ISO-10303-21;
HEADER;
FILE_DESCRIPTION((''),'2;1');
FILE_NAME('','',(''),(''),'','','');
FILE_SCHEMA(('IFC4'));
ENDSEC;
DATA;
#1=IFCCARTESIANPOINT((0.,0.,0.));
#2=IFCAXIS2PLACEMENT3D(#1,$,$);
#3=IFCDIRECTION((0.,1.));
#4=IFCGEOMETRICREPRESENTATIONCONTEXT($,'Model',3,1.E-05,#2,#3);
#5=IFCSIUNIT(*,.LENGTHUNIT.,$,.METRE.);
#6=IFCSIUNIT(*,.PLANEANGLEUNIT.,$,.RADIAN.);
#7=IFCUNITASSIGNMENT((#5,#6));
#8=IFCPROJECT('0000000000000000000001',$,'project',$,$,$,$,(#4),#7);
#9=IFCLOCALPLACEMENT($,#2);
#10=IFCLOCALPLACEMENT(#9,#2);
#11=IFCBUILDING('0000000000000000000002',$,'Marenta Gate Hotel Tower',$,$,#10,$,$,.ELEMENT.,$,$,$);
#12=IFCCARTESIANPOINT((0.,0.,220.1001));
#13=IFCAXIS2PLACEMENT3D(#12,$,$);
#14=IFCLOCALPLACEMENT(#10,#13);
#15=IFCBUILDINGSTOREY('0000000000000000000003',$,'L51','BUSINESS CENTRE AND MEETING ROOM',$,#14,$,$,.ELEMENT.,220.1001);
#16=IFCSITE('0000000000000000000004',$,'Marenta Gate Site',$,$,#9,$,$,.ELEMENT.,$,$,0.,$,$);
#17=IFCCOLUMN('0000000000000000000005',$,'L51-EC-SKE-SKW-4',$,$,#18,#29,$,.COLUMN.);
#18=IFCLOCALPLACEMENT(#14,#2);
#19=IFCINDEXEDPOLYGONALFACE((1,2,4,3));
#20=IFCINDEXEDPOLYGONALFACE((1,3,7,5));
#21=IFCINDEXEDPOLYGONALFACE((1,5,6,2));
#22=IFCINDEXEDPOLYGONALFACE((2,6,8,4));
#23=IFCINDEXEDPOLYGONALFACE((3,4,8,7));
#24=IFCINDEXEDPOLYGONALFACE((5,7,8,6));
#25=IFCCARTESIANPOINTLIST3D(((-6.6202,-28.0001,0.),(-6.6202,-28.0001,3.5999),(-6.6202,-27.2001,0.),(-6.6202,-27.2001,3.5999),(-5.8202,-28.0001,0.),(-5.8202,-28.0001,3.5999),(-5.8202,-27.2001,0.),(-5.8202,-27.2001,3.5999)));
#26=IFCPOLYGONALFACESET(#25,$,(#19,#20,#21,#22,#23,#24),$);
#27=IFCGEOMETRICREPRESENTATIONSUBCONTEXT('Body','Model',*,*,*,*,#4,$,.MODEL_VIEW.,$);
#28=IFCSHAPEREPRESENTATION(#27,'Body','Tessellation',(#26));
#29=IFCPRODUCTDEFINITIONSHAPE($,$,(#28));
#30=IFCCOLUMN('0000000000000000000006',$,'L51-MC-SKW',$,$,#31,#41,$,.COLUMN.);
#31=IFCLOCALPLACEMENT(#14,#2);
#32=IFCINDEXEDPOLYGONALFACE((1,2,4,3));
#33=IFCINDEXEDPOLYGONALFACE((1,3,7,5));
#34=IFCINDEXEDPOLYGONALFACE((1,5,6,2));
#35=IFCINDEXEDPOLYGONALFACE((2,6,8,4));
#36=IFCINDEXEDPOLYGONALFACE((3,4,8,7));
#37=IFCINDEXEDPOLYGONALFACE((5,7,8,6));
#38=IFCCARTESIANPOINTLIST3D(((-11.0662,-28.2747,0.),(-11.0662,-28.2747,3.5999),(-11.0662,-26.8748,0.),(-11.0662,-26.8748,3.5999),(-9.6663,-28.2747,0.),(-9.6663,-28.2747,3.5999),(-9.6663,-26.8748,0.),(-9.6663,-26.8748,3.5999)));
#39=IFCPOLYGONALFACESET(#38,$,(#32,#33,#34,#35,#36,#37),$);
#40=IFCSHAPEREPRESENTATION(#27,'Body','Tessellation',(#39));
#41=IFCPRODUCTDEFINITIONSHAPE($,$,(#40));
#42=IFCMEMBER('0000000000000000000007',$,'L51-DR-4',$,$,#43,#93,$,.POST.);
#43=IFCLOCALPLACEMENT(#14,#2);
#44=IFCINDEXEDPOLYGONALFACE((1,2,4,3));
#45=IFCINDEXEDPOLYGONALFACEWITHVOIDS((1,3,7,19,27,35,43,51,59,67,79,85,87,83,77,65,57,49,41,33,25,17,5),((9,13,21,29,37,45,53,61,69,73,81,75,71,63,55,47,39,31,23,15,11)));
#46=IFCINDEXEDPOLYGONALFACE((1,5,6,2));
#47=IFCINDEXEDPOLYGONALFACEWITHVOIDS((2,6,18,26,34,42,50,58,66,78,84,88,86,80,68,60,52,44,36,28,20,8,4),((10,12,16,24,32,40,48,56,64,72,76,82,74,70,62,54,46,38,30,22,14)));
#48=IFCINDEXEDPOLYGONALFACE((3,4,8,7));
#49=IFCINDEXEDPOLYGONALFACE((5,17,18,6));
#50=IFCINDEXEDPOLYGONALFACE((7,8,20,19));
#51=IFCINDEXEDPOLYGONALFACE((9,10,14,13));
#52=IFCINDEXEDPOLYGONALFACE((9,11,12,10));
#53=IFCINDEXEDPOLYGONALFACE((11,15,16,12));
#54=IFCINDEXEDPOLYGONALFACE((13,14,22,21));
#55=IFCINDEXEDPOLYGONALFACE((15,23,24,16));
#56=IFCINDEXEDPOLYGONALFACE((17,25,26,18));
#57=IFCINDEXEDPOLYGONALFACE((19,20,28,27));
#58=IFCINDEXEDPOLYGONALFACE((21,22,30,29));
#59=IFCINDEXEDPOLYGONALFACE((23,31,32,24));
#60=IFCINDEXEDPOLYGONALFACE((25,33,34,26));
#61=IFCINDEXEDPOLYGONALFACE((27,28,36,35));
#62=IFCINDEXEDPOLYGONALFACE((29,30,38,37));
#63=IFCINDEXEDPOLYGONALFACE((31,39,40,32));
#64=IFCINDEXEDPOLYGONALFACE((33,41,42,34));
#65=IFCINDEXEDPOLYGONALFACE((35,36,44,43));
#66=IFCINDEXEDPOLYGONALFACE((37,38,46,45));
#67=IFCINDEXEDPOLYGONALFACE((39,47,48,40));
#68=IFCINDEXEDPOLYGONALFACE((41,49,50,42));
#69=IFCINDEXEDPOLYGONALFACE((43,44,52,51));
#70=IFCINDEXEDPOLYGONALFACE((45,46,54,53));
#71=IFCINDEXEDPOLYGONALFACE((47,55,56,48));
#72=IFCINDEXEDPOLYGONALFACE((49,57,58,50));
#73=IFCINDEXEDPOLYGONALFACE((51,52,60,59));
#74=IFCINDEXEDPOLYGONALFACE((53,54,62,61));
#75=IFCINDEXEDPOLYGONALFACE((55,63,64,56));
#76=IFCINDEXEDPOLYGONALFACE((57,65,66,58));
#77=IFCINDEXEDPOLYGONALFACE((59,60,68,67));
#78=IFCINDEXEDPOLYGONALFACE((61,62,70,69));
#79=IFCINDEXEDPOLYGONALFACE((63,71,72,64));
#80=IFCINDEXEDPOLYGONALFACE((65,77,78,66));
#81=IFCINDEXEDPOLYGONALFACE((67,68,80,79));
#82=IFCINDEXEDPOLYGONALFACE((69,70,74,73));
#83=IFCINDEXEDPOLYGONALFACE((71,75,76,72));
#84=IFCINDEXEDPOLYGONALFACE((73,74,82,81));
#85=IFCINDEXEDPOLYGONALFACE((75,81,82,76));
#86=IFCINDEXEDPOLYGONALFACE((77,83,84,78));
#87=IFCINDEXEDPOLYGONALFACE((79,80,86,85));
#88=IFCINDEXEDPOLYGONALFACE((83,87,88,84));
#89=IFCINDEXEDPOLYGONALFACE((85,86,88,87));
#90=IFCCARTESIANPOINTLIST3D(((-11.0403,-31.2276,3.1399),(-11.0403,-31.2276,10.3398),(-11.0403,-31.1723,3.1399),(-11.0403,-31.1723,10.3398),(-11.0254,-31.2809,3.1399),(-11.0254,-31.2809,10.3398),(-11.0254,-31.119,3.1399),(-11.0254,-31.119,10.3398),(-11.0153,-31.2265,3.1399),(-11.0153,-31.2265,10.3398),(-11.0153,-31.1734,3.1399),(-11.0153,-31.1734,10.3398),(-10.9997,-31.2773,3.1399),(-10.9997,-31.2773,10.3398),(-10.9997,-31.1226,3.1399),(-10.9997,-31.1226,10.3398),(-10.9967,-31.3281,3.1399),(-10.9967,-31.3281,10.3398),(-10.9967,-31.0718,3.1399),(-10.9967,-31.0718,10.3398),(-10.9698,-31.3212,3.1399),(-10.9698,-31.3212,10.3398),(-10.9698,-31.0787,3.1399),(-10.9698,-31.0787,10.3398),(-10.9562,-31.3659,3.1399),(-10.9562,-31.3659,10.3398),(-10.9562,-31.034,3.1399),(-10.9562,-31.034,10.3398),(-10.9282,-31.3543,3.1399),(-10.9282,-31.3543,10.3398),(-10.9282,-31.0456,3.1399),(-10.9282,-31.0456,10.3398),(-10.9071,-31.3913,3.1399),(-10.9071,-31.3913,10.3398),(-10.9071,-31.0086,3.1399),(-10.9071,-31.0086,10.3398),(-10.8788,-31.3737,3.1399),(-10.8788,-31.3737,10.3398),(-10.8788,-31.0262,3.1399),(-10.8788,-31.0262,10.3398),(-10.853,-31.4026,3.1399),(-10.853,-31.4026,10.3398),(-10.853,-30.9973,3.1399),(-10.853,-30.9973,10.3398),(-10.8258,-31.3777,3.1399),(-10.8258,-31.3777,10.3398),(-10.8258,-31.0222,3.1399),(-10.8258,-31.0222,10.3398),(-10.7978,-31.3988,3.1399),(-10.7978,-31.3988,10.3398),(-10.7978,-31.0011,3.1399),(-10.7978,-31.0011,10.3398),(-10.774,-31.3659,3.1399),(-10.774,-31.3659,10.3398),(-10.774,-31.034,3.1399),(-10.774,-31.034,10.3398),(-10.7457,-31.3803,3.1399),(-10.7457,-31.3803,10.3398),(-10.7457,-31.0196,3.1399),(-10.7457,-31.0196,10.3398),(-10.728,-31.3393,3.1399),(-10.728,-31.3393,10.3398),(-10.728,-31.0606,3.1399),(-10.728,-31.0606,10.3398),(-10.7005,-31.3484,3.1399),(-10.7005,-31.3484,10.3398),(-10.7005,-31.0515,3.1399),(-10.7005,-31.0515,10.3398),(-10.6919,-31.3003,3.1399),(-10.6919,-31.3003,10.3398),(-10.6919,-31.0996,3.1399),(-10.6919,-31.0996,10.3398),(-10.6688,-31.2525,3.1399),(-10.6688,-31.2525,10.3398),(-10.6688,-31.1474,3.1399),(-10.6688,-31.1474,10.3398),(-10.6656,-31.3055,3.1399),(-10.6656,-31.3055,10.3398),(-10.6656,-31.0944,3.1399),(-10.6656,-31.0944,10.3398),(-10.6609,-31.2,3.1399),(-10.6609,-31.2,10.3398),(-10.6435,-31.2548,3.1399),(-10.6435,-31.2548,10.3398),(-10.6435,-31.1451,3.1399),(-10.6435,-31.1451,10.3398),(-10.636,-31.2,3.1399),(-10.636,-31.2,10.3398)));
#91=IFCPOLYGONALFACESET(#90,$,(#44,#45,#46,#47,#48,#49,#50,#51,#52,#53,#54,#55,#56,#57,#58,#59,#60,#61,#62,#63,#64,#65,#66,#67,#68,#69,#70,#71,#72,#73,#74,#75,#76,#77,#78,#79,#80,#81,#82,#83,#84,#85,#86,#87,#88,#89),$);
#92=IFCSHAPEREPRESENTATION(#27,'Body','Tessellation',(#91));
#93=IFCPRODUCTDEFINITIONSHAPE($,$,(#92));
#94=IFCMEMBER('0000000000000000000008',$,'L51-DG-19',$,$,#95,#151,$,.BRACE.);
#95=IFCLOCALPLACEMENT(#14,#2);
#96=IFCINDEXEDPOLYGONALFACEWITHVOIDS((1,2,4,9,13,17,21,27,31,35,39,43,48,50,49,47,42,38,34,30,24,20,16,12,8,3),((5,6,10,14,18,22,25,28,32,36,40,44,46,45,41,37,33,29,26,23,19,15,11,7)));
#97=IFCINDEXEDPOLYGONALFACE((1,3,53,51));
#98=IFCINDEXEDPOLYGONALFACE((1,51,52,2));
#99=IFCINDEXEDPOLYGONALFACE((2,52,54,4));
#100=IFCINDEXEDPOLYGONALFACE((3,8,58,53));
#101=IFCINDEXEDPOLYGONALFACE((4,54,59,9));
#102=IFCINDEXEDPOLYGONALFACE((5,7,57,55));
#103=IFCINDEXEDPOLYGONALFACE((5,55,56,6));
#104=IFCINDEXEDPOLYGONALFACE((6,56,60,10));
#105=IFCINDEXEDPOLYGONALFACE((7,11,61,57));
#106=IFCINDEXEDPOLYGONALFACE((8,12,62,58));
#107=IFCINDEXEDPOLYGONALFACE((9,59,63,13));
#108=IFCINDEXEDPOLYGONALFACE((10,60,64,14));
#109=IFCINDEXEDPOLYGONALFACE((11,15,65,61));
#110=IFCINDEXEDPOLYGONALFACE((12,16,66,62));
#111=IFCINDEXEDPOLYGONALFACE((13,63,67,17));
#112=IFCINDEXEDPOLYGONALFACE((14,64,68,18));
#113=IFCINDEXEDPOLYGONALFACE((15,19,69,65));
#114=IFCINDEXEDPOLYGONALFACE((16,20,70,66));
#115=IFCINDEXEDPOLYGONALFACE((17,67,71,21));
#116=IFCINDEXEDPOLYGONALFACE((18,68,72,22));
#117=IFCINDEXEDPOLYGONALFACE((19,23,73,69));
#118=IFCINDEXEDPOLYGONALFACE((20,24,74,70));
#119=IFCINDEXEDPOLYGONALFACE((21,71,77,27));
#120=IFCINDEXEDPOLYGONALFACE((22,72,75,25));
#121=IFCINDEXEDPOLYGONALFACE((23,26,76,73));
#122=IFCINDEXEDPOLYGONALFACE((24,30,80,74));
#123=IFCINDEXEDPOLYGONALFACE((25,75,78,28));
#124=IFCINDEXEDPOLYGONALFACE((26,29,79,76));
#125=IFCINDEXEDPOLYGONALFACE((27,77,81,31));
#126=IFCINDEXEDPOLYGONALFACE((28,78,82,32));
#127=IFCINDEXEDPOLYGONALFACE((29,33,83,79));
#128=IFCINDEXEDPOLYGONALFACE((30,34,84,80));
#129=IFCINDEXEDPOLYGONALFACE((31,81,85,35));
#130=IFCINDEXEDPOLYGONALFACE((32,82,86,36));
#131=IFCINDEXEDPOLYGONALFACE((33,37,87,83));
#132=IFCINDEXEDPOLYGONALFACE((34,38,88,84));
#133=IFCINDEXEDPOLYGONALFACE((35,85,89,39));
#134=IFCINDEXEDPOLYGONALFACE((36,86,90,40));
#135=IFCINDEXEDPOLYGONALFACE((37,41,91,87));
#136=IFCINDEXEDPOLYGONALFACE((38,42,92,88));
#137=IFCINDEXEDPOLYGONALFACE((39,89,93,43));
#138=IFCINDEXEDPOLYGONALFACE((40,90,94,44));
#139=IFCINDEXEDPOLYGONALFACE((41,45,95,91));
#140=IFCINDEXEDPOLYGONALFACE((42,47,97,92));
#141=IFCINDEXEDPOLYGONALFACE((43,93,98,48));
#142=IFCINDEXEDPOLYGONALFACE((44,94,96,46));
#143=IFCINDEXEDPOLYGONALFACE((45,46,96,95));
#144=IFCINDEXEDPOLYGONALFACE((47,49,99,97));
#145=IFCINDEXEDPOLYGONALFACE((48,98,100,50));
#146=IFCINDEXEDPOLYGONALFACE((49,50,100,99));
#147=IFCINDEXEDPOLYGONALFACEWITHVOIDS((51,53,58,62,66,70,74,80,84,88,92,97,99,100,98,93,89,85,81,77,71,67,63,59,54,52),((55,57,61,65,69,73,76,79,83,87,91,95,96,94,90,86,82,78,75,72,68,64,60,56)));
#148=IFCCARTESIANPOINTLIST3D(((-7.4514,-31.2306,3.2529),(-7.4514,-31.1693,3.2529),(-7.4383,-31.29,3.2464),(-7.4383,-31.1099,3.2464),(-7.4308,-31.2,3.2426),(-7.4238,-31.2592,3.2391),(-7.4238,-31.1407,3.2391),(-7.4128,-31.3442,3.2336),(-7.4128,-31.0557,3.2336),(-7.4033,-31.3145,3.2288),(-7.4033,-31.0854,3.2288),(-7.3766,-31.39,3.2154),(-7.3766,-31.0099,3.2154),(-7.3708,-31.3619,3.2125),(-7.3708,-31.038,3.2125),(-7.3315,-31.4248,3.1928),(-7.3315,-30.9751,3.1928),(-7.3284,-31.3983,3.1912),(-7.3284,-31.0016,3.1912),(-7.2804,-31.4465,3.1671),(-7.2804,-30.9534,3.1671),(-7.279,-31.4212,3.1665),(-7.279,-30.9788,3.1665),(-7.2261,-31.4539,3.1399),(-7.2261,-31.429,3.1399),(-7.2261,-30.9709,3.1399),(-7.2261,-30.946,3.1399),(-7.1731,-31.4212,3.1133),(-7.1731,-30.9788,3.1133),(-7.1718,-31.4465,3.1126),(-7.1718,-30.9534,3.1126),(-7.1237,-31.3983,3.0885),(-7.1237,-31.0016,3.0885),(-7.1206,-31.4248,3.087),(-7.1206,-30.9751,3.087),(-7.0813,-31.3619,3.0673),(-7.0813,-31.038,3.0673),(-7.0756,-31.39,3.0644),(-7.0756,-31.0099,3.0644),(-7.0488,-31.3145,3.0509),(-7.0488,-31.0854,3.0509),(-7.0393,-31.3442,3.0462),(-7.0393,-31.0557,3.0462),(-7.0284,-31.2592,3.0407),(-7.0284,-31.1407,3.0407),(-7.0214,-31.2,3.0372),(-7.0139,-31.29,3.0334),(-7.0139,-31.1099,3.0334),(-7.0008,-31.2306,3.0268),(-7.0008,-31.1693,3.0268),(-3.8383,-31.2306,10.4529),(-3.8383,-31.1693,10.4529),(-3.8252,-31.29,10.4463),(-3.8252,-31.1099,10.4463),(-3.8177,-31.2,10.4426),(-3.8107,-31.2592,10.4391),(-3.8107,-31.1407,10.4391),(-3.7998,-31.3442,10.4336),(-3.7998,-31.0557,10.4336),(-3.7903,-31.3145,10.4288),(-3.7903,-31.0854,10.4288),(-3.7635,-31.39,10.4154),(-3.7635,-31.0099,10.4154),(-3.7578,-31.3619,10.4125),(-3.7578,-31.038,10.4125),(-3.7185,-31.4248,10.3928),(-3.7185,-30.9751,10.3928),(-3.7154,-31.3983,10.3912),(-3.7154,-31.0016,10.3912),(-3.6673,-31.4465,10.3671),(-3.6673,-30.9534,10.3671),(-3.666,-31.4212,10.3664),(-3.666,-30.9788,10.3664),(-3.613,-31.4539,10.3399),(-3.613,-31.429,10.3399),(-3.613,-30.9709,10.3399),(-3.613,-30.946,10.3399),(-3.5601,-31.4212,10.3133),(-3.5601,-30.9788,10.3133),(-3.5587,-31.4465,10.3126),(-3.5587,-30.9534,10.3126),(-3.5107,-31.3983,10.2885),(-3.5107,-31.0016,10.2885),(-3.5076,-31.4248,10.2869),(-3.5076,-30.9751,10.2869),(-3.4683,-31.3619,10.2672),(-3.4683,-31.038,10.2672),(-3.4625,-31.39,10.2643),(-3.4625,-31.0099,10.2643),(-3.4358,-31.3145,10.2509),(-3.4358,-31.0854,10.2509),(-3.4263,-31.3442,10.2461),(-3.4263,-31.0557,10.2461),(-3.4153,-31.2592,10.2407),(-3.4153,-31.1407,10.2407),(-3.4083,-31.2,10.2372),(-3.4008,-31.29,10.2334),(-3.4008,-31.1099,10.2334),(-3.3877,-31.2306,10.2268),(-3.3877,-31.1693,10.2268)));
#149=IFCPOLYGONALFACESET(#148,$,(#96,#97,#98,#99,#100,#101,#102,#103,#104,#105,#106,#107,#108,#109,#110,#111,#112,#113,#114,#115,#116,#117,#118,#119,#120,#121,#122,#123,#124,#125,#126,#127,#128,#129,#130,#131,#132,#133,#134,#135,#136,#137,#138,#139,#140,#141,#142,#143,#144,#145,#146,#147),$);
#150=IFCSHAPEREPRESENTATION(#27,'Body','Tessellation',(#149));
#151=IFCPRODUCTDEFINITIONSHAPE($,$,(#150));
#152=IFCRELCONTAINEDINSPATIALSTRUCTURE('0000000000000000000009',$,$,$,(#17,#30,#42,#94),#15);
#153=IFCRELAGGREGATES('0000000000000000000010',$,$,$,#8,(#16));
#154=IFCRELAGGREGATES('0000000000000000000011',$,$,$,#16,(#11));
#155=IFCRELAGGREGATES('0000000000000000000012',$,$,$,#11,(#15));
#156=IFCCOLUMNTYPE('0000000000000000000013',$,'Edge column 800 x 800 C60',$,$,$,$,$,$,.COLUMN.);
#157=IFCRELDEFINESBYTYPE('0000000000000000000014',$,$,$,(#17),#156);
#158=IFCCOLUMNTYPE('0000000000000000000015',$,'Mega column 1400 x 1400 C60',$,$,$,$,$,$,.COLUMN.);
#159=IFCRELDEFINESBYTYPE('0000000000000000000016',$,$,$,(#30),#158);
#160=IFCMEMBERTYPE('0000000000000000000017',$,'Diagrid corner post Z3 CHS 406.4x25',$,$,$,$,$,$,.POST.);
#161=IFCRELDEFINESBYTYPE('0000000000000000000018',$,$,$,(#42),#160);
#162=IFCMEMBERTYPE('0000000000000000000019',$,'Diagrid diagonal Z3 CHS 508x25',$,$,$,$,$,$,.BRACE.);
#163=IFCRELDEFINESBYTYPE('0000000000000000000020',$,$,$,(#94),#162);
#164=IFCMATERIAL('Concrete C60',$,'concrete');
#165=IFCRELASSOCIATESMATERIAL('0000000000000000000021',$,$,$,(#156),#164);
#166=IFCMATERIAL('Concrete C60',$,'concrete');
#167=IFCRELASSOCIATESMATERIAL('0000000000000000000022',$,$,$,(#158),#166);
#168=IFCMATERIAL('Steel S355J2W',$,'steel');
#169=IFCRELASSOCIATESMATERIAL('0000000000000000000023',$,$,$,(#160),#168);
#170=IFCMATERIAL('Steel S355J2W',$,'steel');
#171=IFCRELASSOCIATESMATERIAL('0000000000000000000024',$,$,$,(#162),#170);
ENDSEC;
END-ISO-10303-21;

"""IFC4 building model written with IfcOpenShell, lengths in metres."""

from ifc_helpers import new_model, si_unit, direction, frame, origin, origin_2d, place, context, subcontext, project, spatial, rectangle, hollow_circle, extrude, material, material_profile, profile_set, type_object, element, save


model = new_model("IFC4")

# Units and contexts
model_context = context("Model", 3, precision=1e-05, world=origin(), true_north=direction((0.0, 1.0)))
body_context = subcontext(model_context, "Body", "Model", "MODEL_VIEW")
ifc_project = project(units=[si_unit("LENGTHUNIT", "METRE"), si_unit("PLANEANGLEUNIT", "RADIAN")], contexts=[model_context])

# Site, building, storey
site_placement = place(None, origin())
site = spatial("IfcSite", under=ifc_project, at=site_placement, Name="Marenta Gate Site", CompositionType="ELEMENT", RefElevation=0.0)
building_placement = place(site_placement, origin())
building = spatial("IfcBuilding", under=site, at=building_placement, Name="Marenta Gate Hotel Tower", CompositionType="ELEMENT")
storey_placement = place(building_placement, frame((0.0, 0.0, 220.1001)))
storey = spatial("IfcBuildingStorey", under=building, at=storey_placement, Name="L51", Description="BUSINESS CENTRE AND MEETING ROOM", CompositionType="ELEMENT", Elevation=220.1001)

# Columns
ifc_material_1 = material(Name="Concrete C60", Category="concrete")
ifc_material_profile_1 = material_profile(ifc_material_1, rectangle(XDim=0.8, YDim=0.8, at=origin_2d()), Name="800 x 800")
ifc_profile_set_1 = profile_set([ifc_material_profile_1], Name="Concrete C60")
column_type_1 = type_object("IfcColumnType", Name="Edge column 800 x 800 C60", PredefinedType="COLUMN", material=ifc_profile_set_1)
column_1_placement = place(storey_placement, frame((-6.2202, -27.6001, 0.0), z_axis=(0.0, 0.0, 1.0), x_axis=(1.0, 0.0, 0.0)))
element("IfcColumn", 1, at=column_1_placement, inside=storey, type_object=column_type_1, Name="L51-EC-SKE-SKW-4", PredefinedType="COLUMN", context=body_context, shape_type="SweptSolid", body=[
    extrude(rectangle(XDim=0.8, YDim=0.8, at=origin_2d()), origin(), (0.0, 0.0, 1.0), 3.5999),
])
ifc_material_2 = material(Name="Concrete C60", Category="concrete")
ifc_material_profile_2 = material_profile(ifc_material_2, rectangle(XDim=1.3999, YDim=1.3999, at=origin_2d()), Name="1400 x 1400")
ifc_profile_set_2 = profile_set([ifc_material_profile_2], Name="Concrete C60")
column_type_2 = type_object("IfcColumnType", Name="Mega column 1400 x 1400 C60", PredefinedType="COLUMN", material=ifc_profile_set_2)
column_2_placement = place(storey_placement, frame((-10.3662, -27.5747, 0.0), z_axis=(0.0, 0.0, 1.0), x_axis=(1.0, 0.0, 0.0)))
element("IfcColumn", 2, at=column_2_placement, inside=storey, type_object=column_type_2, Name="L51-MC-SKW", PredefinedType="COLUMN", context=body_context, shape_type="SweptSolid", body=[
    extrude(rectangle(XDim=1.3999, YDim=1.3999, at=origin_2d()), origin(), (0.0, 0.0, 1.0), 3.5999),
])

# Members
ifc_material_3 = material(Name="Steel S355J2W", Category="steel")
ifc_material_profile_3 = material_profile(ifc_material_3, hollow_circle(Radius=0.2031, WallThickness=0.0249, at=origin_2d()), Name="CHS 406.4x25")
ifc_profile_set_3 = profile_set([ifc_material_profile_3], Name="Steel S355J2W")
member_type_1 = type_object("IfcMemberType", Name="Diagrid corner post Z3 CHS 406.4x25", PredefinedType="POST", material=ifc_profile_set_3)
member_1_placement = place(storey_placement, frame((-10.8391, -31.2, 3.1399), z_axis=(0.0, 0.0, 1.0), x_axis=(1.0, 0.0, 0.0)))
element("IfcMember", 3, at=member_1_placement, inside=storey, type_object=member_type_1, Name="L51-DR-4", PredefinedType="POST", context=body_context, shape_type="SweptSolid", body=[
    extrude(hollow_circle(Radius=0.2031, WallThickness=0.0249, at=origin_2d()), origin(), (0.0, 0.0, 1.0), 7.2),
])
ifc_material_4 = material(Name="Steel S355J2W", Category="steel")
ifc_material_profile_4 = material_profile(ifc_material_4, hollow_circle(Radius=0.2539, WallThickness=0.0249, at=origin_2d()), Name="CHS 508x25")
ifc_profile_set_4 = profile_set([ifc_material_profile_4], Name="Steel S355J2W")
member_type_2 = type_object("IfcMemberType", Name="Diagrid diagonal Z3 CHS 508x25", PredefinedType="BRACE", material=ifc_profile_set_4)
for number, where, z_axis, x_axis, name in (
    (4, (-7.2261, -31.2, 3.1399), (0.44851, 0.0, 0.893778), (0.0, 1.0, 0.0), "L51-DG-19"),
):
    element("IfcMember", number, at=place(storey_placement, frame(where, z_axis=z_axis, x_axis=x_axis)), inside=storey, type_object=member_type_2, Name=name, PredefinedType="BRACE", context=body_context, shape_type="SweptSolid", body=[
        extrude(hollow_circle(Radius=0.2539, WallThickness=0.0249, at=origin_2d()), origin(), (0.0, 0.0, 1.0), 8.0557),
    ])

save(model, "model.ifc")
